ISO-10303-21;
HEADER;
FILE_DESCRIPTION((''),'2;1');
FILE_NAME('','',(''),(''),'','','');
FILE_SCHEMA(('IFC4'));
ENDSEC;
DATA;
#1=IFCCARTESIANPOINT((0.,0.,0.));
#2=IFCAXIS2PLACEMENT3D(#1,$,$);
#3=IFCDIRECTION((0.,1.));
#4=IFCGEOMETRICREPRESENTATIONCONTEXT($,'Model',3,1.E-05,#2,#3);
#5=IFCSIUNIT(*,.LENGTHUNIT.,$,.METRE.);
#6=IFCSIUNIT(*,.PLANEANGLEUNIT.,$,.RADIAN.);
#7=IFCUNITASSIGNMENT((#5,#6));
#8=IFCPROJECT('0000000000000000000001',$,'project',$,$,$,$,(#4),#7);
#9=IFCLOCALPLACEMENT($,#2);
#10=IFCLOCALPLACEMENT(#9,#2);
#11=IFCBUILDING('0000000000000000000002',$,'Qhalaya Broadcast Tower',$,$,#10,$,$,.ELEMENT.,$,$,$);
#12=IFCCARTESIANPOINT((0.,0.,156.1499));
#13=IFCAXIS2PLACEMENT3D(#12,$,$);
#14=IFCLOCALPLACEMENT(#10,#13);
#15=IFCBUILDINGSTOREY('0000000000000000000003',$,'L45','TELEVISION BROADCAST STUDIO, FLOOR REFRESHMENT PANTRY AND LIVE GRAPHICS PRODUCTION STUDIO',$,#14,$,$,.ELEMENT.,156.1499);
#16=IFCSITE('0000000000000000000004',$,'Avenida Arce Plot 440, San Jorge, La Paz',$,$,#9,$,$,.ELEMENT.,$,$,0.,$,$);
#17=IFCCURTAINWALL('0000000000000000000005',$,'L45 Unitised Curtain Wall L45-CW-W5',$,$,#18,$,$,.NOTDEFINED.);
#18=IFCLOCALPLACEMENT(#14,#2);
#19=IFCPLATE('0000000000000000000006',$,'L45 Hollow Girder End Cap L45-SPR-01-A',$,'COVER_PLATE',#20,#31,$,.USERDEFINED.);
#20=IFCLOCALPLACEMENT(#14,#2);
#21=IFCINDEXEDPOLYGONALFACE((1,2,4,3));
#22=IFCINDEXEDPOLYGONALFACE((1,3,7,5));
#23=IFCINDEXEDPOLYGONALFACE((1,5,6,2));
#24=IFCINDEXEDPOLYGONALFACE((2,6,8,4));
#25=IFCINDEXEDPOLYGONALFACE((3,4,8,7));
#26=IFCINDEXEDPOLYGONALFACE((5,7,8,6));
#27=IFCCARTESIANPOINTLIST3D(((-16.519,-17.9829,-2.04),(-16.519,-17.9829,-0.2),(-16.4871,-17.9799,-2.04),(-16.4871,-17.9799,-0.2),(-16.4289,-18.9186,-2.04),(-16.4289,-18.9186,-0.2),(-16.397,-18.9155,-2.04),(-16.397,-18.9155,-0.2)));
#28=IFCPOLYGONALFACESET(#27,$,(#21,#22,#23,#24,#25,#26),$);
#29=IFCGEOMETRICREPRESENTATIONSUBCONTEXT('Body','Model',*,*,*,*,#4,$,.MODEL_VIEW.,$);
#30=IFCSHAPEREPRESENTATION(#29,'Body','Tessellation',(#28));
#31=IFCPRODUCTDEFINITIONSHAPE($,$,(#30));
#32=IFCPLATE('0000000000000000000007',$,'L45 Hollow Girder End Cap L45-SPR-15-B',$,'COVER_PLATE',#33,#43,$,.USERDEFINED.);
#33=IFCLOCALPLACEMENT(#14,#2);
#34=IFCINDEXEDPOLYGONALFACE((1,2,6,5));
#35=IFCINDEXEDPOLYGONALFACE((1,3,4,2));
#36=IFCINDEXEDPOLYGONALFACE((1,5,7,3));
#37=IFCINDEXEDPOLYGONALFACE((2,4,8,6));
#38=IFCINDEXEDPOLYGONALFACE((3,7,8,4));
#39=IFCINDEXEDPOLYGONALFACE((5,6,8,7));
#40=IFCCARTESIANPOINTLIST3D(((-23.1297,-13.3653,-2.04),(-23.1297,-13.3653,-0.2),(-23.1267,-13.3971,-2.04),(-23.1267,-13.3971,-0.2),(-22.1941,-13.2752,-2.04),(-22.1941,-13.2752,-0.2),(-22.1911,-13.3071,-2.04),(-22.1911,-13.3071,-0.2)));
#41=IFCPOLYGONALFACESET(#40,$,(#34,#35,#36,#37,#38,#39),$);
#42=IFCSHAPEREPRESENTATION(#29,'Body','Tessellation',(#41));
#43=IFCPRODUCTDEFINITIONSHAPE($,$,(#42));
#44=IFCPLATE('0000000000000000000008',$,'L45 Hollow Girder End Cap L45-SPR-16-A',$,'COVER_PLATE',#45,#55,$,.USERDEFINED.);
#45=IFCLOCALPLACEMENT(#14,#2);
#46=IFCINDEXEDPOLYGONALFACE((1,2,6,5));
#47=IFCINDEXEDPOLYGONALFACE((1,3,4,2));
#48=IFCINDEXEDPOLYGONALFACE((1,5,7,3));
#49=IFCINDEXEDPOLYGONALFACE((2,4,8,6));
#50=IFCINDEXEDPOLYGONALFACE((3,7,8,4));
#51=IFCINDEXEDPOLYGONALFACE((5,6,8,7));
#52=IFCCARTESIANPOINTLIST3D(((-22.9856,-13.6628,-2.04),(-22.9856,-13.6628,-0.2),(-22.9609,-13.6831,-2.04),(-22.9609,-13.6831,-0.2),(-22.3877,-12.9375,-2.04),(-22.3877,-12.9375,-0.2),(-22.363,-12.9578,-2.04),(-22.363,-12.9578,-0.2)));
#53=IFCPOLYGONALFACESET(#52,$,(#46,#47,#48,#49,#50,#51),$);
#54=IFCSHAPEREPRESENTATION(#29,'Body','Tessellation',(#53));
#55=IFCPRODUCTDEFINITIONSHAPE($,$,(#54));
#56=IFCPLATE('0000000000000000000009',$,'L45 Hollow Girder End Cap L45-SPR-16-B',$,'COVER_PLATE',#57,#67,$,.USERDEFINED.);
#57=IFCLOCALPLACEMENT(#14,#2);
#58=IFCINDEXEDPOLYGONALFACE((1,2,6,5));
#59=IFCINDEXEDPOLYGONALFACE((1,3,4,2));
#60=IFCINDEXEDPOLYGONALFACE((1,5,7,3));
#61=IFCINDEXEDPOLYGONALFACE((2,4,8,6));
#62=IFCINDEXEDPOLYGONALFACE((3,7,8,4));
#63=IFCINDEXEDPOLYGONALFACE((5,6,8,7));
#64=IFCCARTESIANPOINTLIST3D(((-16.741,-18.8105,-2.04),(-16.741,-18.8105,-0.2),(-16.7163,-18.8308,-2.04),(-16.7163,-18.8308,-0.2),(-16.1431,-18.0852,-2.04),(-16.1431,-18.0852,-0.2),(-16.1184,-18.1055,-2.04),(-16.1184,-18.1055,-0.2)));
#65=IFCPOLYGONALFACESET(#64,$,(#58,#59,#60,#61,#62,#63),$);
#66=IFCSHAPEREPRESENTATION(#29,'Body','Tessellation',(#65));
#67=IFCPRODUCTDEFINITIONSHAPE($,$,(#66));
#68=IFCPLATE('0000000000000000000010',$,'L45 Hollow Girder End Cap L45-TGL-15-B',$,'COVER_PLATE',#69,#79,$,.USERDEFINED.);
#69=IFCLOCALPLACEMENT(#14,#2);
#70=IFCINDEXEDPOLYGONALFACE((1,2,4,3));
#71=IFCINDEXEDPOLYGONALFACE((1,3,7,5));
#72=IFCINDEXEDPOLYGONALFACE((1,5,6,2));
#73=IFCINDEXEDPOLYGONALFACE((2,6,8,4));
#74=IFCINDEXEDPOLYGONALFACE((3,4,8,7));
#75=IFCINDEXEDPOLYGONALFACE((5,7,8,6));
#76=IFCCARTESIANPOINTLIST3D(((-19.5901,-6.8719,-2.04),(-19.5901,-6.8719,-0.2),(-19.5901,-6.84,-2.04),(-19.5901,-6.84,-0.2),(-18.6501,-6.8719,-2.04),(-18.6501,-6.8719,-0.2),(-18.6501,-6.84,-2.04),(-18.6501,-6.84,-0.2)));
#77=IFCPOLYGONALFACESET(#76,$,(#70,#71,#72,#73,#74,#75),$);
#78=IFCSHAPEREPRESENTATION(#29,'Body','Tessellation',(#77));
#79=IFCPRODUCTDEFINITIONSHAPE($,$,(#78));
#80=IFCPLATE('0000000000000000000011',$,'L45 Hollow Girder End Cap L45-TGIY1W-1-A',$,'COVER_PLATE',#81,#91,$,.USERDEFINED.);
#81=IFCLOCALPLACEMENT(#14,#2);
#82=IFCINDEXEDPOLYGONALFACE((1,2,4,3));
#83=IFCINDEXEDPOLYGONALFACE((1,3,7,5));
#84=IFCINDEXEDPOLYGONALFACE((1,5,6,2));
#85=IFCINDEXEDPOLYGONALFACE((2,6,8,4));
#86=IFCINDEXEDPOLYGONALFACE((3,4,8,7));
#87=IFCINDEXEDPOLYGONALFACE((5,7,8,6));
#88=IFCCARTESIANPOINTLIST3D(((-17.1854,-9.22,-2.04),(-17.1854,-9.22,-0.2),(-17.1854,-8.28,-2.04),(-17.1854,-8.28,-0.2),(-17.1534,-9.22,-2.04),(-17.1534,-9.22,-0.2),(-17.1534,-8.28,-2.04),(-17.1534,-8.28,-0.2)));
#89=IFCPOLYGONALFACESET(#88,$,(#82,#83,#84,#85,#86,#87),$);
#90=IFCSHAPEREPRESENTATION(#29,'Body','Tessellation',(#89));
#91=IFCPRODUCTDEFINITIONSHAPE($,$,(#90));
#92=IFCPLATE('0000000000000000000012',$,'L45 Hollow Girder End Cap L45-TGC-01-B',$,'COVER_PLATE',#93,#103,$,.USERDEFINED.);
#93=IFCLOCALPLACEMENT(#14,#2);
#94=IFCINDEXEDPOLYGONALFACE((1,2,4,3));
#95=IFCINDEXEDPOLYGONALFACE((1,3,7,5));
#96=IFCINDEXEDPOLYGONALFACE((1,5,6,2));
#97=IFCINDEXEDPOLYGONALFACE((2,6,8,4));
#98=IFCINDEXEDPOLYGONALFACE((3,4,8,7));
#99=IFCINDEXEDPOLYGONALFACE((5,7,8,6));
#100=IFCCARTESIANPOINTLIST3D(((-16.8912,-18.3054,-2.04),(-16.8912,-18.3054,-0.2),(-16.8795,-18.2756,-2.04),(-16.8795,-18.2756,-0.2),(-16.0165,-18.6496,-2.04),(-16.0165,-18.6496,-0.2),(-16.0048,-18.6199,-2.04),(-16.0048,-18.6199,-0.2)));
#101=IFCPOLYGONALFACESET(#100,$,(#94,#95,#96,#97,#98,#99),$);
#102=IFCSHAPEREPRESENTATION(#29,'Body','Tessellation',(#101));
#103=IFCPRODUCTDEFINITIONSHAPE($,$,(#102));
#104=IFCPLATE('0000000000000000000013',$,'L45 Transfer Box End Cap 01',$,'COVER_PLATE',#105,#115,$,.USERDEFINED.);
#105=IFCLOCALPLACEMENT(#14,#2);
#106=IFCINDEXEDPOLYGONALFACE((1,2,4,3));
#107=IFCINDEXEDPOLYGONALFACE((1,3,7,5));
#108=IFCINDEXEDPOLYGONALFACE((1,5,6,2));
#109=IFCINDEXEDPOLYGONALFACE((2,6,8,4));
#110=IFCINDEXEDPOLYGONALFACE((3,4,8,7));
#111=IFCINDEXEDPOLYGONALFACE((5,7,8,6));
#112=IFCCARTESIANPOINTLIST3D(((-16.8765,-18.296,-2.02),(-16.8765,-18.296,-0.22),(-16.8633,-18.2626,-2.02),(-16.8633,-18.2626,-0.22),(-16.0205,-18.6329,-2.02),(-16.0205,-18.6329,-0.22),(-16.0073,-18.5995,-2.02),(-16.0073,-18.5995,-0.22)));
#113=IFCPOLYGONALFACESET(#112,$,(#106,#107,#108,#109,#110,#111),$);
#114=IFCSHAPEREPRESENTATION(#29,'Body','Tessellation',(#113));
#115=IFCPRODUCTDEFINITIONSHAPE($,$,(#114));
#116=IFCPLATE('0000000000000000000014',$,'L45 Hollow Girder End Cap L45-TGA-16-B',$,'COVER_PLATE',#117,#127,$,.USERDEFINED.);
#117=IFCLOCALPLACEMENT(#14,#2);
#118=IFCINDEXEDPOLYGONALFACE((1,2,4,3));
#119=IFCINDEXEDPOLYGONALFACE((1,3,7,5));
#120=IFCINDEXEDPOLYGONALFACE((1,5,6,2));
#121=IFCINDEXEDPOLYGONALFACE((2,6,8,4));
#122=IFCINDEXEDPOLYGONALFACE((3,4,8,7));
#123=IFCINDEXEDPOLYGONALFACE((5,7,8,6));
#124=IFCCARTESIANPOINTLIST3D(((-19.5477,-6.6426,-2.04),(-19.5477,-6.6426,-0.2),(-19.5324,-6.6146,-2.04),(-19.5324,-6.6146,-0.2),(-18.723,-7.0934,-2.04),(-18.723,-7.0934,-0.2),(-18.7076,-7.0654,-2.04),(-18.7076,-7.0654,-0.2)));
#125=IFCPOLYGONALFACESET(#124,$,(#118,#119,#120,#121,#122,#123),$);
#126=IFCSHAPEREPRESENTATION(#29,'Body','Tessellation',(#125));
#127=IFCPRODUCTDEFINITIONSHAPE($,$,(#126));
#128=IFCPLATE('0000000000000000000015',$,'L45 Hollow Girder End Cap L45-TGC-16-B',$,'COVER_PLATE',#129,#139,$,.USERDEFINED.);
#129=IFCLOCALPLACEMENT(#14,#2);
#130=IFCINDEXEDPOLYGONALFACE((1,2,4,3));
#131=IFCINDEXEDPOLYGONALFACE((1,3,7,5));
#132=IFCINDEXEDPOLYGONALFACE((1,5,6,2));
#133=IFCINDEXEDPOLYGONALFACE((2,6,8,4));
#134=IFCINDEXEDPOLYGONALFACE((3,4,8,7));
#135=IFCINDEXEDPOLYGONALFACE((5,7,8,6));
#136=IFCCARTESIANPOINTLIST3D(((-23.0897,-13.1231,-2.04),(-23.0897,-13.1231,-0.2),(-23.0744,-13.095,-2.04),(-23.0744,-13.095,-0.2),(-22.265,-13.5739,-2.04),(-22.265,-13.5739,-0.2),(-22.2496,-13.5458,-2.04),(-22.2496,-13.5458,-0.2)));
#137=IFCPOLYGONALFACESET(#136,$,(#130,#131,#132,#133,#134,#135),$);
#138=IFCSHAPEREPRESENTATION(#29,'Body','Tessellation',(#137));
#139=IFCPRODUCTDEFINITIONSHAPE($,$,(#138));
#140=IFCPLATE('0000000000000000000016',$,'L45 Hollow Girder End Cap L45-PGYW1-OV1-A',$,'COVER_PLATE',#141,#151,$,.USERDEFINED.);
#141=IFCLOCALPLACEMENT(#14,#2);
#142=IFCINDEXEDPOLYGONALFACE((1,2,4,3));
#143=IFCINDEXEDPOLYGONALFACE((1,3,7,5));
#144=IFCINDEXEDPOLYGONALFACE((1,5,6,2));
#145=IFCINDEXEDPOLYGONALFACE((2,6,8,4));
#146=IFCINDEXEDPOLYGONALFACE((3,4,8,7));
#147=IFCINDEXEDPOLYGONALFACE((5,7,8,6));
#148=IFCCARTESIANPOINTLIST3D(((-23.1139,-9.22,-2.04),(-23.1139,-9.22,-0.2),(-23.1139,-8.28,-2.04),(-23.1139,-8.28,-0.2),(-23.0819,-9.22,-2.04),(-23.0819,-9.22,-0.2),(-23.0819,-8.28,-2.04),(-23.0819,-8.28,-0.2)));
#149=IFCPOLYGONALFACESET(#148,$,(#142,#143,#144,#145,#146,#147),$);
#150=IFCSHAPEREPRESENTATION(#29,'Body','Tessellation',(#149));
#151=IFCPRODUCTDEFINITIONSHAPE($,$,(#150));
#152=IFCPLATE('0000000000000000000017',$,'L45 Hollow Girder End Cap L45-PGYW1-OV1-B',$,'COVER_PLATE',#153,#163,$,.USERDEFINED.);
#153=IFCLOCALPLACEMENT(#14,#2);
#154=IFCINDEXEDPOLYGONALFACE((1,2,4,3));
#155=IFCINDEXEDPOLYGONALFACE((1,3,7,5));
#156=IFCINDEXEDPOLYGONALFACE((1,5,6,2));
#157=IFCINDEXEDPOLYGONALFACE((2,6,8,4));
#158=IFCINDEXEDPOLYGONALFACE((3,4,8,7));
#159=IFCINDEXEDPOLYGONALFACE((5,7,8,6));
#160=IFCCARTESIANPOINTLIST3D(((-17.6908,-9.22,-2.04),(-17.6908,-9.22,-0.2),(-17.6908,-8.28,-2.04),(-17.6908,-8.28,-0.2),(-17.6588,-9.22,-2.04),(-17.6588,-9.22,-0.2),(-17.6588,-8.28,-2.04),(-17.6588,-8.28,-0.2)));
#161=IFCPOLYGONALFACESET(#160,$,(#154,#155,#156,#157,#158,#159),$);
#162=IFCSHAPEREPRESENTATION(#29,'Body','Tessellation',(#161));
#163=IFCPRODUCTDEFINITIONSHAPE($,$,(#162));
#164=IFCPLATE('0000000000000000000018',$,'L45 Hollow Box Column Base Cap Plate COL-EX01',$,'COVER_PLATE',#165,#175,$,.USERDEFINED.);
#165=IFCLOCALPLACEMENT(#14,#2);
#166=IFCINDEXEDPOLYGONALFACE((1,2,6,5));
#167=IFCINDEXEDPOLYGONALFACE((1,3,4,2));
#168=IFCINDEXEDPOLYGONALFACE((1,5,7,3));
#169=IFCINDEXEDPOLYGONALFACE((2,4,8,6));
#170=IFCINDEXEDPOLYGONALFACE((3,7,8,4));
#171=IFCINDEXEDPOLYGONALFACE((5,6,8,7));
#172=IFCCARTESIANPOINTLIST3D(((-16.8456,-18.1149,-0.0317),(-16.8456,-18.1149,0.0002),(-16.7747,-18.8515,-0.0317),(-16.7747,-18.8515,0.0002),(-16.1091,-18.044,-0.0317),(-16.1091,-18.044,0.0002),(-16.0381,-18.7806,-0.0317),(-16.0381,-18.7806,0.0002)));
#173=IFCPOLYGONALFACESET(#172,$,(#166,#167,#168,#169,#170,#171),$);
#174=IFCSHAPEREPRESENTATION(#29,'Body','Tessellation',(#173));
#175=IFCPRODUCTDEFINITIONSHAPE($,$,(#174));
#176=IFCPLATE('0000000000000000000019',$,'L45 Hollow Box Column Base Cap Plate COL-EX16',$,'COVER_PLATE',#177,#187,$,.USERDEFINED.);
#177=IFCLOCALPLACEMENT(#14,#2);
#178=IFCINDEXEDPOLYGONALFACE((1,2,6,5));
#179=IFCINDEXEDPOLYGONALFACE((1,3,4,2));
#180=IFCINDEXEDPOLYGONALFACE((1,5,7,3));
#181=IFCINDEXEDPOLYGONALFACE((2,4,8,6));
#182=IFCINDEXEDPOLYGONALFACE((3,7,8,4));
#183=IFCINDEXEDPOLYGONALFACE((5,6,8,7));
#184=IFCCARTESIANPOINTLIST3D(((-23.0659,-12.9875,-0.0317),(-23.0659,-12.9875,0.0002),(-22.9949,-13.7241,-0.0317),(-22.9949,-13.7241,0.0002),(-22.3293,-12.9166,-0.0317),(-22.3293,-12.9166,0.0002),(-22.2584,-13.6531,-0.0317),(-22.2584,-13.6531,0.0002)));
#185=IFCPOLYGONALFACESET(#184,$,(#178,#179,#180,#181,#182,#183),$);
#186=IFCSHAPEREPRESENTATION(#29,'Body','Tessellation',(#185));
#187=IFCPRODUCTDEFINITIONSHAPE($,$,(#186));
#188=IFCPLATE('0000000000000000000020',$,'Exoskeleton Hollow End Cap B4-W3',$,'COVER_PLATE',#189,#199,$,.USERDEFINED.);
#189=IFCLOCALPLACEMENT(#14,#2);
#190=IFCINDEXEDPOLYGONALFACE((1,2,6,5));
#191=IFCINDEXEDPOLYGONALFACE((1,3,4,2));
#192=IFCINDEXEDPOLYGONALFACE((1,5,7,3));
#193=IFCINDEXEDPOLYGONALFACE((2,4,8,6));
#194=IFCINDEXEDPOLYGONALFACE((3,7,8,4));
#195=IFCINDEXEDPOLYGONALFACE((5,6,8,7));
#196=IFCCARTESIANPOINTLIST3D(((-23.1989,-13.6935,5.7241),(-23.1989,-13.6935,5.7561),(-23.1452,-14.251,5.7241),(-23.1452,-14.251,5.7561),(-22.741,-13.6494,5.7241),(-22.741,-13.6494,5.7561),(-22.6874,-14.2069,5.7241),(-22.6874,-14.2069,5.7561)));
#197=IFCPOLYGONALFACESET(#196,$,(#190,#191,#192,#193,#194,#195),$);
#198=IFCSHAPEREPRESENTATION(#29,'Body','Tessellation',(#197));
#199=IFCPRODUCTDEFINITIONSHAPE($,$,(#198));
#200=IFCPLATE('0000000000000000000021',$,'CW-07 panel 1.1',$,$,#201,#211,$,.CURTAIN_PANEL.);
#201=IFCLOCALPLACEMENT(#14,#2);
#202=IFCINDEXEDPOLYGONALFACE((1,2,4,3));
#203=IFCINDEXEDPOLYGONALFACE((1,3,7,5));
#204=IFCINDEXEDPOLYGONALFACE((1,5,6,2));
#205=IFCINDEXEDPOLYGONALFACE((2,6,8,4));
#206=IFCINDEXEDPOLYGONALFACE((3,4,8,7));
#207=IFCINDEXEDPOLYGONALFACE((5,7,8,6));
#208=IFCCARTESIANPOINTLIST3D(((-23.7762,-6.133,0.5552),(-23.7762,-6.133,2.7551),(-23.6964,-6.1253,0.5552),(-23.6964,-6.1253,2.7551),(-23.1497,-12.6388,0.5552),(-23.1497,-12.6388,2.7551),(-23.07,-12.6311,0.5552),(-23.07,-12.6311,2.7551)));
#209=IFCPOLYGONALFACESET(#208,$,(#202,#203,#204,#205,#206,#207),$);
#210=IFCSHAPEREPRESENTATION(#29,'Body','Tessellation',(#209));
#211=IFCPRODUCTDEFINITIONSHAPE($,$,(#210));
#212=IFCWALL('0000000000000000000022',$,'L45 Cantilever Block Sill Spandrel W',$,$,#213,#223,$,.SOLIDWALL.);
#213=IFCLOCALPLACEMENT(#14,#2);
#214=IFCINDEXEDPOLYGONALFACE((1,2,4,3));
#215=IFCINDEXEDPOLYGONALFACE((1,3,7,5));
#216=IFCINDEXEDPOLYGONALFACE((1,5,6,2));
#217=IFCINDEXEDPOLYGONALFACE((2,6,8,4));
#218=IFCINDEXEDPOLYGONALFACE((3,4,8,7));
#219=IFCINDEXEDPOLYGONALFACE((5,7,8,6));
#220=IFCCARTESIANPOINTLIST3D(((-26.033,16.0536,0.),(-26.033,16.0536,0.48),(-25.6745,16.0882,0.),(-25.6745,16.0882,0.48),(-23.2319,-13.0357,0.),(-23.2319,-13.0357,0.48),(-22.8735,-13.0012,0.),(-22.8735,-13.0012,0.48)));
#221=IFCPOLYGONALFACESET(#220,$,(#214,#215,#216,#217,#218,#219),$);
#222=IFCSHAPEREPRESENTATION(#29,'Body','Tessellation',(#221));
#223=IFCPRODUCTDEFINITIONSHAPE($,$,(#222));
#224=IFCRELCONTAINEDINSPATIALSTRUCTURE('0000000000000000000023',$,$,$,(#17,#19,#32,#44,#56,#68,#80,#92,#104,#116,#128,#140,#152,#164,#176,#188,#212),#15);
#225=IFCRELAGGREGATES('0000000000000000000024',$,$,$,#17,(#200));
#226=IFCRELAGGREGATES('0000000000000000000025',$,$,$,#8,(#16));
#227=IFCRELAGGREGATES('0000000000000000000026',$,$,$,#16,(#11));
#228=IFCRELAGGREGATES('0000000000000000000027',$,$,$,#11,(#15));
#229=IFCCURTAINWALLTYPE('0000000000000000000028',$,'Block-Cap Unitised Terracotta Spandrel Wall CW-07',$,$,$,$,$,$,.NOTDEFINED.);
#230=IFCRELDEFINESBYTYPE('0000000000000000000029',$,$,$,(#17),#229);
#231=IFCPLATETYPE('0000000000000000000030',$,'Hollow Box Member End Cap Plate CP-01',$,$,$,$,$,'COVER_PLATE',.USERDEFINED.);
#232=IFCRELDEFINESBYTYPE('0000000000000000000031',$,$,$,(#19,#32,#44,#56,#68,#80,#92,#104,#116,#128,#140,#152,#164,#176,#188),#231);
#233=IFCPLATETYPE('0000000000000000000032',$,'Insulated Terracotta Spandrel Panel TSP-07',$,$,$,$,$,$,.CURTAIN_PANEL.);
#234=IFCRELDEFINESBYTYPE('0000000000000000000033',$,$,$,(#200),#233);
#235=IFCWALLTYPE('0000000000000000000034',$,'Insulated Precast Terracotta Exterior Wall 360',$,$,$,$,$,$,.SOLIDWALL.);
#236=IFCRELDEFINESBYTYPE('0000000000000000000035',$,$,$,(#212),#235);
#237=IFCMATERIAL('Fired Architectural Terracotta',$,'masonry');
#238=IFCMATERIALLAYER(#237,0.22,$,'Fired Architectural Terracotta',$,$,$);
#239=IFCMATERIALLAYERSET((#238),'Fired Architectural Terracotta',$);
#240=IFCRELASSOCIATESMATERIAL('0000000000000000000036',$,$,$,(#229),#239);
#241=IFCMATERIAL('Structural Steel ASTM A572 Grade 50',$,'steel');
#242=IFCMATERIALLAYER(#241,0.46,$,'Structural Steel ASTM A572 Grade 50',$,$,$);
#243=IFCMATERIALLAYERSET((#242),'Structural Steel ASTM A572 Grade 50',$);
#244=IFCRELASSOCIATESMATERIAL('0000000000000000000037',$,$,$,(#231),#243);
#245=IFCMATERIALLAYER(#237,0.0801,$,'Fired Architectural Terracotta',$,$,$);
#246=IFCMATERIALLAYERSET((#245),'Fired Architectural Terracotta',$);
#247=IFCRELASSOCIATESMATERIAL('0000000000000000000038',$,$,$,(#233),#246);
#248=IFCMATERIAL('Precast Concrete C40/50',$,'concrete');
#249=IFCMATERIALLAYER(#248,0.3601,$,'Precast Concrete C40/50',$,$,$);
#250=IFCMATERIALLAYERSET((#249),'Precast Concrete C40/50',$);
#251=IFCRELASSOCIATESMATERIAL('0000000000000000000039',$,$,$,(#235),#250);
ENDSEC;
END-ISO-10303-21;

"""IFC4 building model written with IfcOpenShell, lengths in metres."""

from ifc_helpers import new_model, si_unit, direction, frame, frame_2d, origin, origin_2d, place, context, subcontext, project, spatial, rectangle, extrude, material, layer, layer_set, type_object, element, aggregate, save


model = new_model("IFC4")

# Units and contexts
model_context = context("Model", 3, precision=1e-05, world=origin(), true_north=direction((0.0, 1.0)))
body_context = subcontext(model_context, "Body", "Model", "MODEL_VIEW")
ifc_project = project(units=[si_unit("LENGTHUNIT", "METRE"), si_unit("PLANEANGLEUNIT", "RADIAN")], contexts=[model_context])

# Site, building, storey
site_placement = place(None, origin())
site = spatial("IfcSite", under=ifc_project, at=site_placement, Name="Avenida Arce Plot 440, San Jorge, La Paz", CompositionType="ELEMENT", RefElevation=0.0)
building_placement = place(site_placement, origin())
building = spatial("IfcBuilding", under=site, at=building_placement, Name="Qhalaya Broadcast Tower", CompositionType="ELEMENT")
storey_placement = place(building_placement, frame((0.0, 0.0, 156.1499)))
storey = spatial("IfcBuildingStorey", under=building, at=storey_placement, Name="L45", Description="TELEVISION BROADCAST STUDIO, FLOOR REFRESHMENT PANTRY AND LIVE GRAPHICS PRODUCTION STUDIO", CompositionType="ELEMENT", Elevation=156.1499)

# Shared definitions
ifc_material_1 = material(Name="Structural Steel ASTM A572 Grade 50", Category="steel")

# Curtain wall
ifc_material_2 = material(Name="Fired Architectural Terracotta", Category="masonry")
ifc_layer_1 = layer(ifc_material_2, 0.22, Name="Fired Architectural Terracotta")
ifc_layer_set_1 = layer_set([ifc_layer_1], Name="Fired Architectural Terracotta")
curtain_wall_type = type_object("IfcCurtainWallType", Name="Block-Cap Unitised Terracotta Spandrel Wall CW-07", PredefinedType="NOTDEFINED", material=ifc_layer_set_1)
curtain_wall_1_placement = place(storey_placement, origin())
curtain_wall_1 = element("IfcCurtainWall", 1, at=curtain_wall_1_placement, inside=storey, type_object=curtain_wall_type, Name="L45 Unitised Curtain Wall L45-CW-W5", PredefinedType="NOTDEFINED")

# Plates
ifc_layer_2 = layer(ifc_material_1, 0.46, Name="Structural Steel ASTM A572 Grade 50")
ifc_layer_set_2 = layer_set([ifc_layer_2], Name="Structural Steel ASTM A572 Grade 50")
plate_type_1 = type_object("IfcPlateType", Name="Hollow Box Member End Cap Plate CP-01", ElementType="COVER_PLATE", PredefinedType="USERDEFINED", material=ifc_layer_set_2)
for number, where, z_axis, x_axis, name in (
    (2, (-16.458, -18.4492, -2.04), (0.0, 0.0, 1.0), (-0.095846, 0.995396, 0.0), "L45 Hollow Girder End Cap L45-SPR-01-A"),
    (3, (-22.6604, -13.3362, -2.04), (0.0, 0.0, 1.0), (0.995396, 0.095846, 0.0), "L45 Hollow Girder End Cap L45-SPR-15-B"),
    (4, (-22.6743, -13.3103, -2.04), (0.0, 0.0, 1.0), (0.636078, 0.771625, 0.0), "L45 Hollow Girder End Cap L45-SPR-16-A"),
    (5, (-16.4297, -18.458, -2.04), (0.0, 0.0, 1.0), (0.636078, 0.771625, 0.0), "L45 Hollow Girder End Cap L45-SPR-16-B"),
    (6, (-19.1201, -6.856, -2.04), (0.0, 0.0, 1.0), (1.0, 0.0, 0.0), "L45 Hollow Girder End Cap L45-TGL-15-B"),
    (7, (-17.1694, -8.75, -2.04), (0.0, 0.0, 1.0), (0.0, 1.0, 0.0), "L45 Hollow Girder End Cap L45-TGIY1W-1-A"),
    (8, (-16.448, -18.4626, -2.04), (0.0, 0.0, 1.0), (0.93052, -0.366241, 0.0), "L45 Hollow Girder End Cap L45-TGC-01-B"),
):
    element("IfcPlate", number, at=place(storey_placement, frame(where, z_axis=z_axis, x_axis=x_axis)), inside=storey, type_object=plate_type_1, Name=name, ObjectType="COVER_PLATE", PredefinedType="USERDEFINED", context=body_context, shape_type="SweptSolid", body=[
        extrude(rectangle(XDim=0.9399, YDim=0.032, at=origin_2d()), origin(), (0.0, 0.0, 1.0), 1.8401),
    ])
plate_1_placement = place(storey_placement, frame((-16.4419, -18.4478, -2.02), z_axis=(0.0, 0.0, 1.0), x_axis=(0.93052, -0.366241, 0.0)))
element("IfcPlate", 9, at=plate_1_placement, inside=storey, type_object=plate_type_1, Name="L45 Transfer Box End Cap 01", ObjectType="COVER_PLATE", PredefinedType="USERDEFINED", context=body_context, shape_type="SweptSolid", body=[
    extrude(rectangle(XDim=0.9199, YDim=0.0359, at=origin_2d()), origin(), (0.0, 0.0, 1.0), 1.8),
])
for number, where, z_axis, x_axis, name in (
    (10, (-19.1277, -6.854, -2.04), (0.0, 0.0, 1.0), (0.877481, -0.479611, 0.0), "L45 Hollow Girder End Cap L45-TGA-16-B"),
    (11, (-22.6697, -13.3345, -2.04), (0.0, 0.0, 1.0), (0.877481, -0.479611, 0.0), "L45 Hollow Girder End Cap L45-TGC-16-B"),
    (12, (-23.0979, -8.75, -2.04), (0.0, 0.0, 1.0), (0.0, 1.0, 0.0), "L45 Hollow Girder End Cap L45-PGYW1-OV1-A"),
    (13, (-17.6748, -8.75, -2.04), (0.0, 0.0, 1.0), (0.0, 1.0, 0.0), "L45 Hollow Girder End Cap L45-PGYW1-OV1-B"),
):
    element("IfcPlate", number, at=place(storey_placement, frame(where, z_axis=z_axis, x_axis=x_axis)), inside=storey, type_object=plate_type_1, Name=name, ObjectType="COVER_PLATE", PredefinedType="USERDEFINED", context=body_context, shape_type="SweptSolid", body=[
        extrude(rectangle(XDim=0.9399, YDim=0.032, at=origin_2d()), origin(), (0.0, 0.0, 1.0), 1.8401),
    ])
for number, where, z_axis, x_axis, name in (
    (14, (-16.4419, -18.4478, -0.0317), (0.0, 0.0, 1.0), (0.995396, 0.095846, 0.0), "L45 Hollow Box Column Base Cap Plate COL-EX01"),
    (15, (-22.6621, -13.3203, -0.0317), (0.0, 0.0, 1.0), (-0.095846, 0.995396, 0.0), "L45 Hollow Box Column Base Cap Plate COL-EX16"),
):
    element("IfcPlate", number, at=place(storey_placement, frame(where, z_axis=z_axis, x_axis=x_axis)), inside=storey, type_object=plate_type_1, Name=name, ObjectType="COVER_PLATE", PredefinedType="USERDEFINED", context=body_context, shape_type="SweptSolid", body=[
        extrude(rectangle(XDim=0.74, YDim=0.74, at=origin_2d()), origin(), (0.0, 0.0, 1.0), 0.032),
    ])
plate_2_placement = place(storey_placement, frame((-22.9431, -13.9502, 5.7241), z_axis=(0.0, 0.0, 1.0), x_axis=(-0.095846, 0.995396, 0.0)))
element("IfcPlate", 16, at=plate_2_placement, inside=storey, type_object=plate_type_1, Name="Exoskeleton Hollow End Cap B4-W3", ObjectType="COVER_PLATE", PredefinedType="USERDEFINED", context=body_context, shape_type="SweptSolid", body=[
    extrude(rectangle(XDim=0.5601, YDim=0.46, at=origin_2d()), origin(), (0.0, 0.0, 1.0), 0.032),
])

# Plate
ifc_layer_3 = layer(ifc_material_2, 0.0801, Name="Fired Architectural Terracotta")
ifc_layer_set_3 = layer_set([ifc_layer_3], Name="Fired Architectural Terracotta")
plate_type_2 = type_object("IfcPlateType", Name="Insulated Terracotta Spandrel Panel TSP-07", PredefinedType="CURTAIN_PANEL", material=ifc_layer_set_3)
plate_3_placement = place(storey_placement, frame((-23.4231, -9.3821, 0.5552), z_axis=(0.0, 0.0, 1.0), x_axis=(0.095842, -0.995397, 0.0)))
plate_3 = element("IfcPlate", 17, at=plate_3_placement, type_object=plate_type_2, Name="CW-07 panel 1.1", PredefinedType="CURTAIN_PANEL", context=body_context, shape_type="SweptSolid", body=[
    extrude(rectangle(XDim=6.5359, YDim=0.0801, at=origin_2d()), origin(), (0.0, 0.0, 1.0), 2.2),
])
aggregate(curtain_wall_1, [plate_3])

# Wall
ifc_material_3 = material(Name="Precast Concrete C40/50", Category="concrete")
ifc_layer_4 = layer(ifc_material_3, 0.3601, Name="Precast Concrete C40/50")
ifc_layer_set_4 = layer_set([ifc_layer_4], Name="Precast Concrete C40/50")
wall_type_1 = type_object("IfcWallType", Name="Insulated Precast Terracotta Exterior Wall 360", PredefinedType="SOLIDWALL", material=ifc_layer_set_4)
wall_1_placement = place(storey_placement, frame((-23.0527, -13.0183, 0.0), z_axis=(0.0, 0.0, 1.0), x_axis=(-0.095847, 0.995396, 0.0)))
element("IfcWall", 18, at=wall_1_placement, inside=storey, type_object=wall_type_1, Name="L45 Cantilever Block Sill Spandrel W", PredefinedType="SOLIDWALL", context=body_context, shape_type="SweptSolid", body=[
    extrude(rectangle(XDim=29.2239, YDim=0.3601, at=frame_2d((14.6118, 0.0))), origin(), (0.0, 0.0, 1.0), 0.48),
])

save(model, "model.ifc")
